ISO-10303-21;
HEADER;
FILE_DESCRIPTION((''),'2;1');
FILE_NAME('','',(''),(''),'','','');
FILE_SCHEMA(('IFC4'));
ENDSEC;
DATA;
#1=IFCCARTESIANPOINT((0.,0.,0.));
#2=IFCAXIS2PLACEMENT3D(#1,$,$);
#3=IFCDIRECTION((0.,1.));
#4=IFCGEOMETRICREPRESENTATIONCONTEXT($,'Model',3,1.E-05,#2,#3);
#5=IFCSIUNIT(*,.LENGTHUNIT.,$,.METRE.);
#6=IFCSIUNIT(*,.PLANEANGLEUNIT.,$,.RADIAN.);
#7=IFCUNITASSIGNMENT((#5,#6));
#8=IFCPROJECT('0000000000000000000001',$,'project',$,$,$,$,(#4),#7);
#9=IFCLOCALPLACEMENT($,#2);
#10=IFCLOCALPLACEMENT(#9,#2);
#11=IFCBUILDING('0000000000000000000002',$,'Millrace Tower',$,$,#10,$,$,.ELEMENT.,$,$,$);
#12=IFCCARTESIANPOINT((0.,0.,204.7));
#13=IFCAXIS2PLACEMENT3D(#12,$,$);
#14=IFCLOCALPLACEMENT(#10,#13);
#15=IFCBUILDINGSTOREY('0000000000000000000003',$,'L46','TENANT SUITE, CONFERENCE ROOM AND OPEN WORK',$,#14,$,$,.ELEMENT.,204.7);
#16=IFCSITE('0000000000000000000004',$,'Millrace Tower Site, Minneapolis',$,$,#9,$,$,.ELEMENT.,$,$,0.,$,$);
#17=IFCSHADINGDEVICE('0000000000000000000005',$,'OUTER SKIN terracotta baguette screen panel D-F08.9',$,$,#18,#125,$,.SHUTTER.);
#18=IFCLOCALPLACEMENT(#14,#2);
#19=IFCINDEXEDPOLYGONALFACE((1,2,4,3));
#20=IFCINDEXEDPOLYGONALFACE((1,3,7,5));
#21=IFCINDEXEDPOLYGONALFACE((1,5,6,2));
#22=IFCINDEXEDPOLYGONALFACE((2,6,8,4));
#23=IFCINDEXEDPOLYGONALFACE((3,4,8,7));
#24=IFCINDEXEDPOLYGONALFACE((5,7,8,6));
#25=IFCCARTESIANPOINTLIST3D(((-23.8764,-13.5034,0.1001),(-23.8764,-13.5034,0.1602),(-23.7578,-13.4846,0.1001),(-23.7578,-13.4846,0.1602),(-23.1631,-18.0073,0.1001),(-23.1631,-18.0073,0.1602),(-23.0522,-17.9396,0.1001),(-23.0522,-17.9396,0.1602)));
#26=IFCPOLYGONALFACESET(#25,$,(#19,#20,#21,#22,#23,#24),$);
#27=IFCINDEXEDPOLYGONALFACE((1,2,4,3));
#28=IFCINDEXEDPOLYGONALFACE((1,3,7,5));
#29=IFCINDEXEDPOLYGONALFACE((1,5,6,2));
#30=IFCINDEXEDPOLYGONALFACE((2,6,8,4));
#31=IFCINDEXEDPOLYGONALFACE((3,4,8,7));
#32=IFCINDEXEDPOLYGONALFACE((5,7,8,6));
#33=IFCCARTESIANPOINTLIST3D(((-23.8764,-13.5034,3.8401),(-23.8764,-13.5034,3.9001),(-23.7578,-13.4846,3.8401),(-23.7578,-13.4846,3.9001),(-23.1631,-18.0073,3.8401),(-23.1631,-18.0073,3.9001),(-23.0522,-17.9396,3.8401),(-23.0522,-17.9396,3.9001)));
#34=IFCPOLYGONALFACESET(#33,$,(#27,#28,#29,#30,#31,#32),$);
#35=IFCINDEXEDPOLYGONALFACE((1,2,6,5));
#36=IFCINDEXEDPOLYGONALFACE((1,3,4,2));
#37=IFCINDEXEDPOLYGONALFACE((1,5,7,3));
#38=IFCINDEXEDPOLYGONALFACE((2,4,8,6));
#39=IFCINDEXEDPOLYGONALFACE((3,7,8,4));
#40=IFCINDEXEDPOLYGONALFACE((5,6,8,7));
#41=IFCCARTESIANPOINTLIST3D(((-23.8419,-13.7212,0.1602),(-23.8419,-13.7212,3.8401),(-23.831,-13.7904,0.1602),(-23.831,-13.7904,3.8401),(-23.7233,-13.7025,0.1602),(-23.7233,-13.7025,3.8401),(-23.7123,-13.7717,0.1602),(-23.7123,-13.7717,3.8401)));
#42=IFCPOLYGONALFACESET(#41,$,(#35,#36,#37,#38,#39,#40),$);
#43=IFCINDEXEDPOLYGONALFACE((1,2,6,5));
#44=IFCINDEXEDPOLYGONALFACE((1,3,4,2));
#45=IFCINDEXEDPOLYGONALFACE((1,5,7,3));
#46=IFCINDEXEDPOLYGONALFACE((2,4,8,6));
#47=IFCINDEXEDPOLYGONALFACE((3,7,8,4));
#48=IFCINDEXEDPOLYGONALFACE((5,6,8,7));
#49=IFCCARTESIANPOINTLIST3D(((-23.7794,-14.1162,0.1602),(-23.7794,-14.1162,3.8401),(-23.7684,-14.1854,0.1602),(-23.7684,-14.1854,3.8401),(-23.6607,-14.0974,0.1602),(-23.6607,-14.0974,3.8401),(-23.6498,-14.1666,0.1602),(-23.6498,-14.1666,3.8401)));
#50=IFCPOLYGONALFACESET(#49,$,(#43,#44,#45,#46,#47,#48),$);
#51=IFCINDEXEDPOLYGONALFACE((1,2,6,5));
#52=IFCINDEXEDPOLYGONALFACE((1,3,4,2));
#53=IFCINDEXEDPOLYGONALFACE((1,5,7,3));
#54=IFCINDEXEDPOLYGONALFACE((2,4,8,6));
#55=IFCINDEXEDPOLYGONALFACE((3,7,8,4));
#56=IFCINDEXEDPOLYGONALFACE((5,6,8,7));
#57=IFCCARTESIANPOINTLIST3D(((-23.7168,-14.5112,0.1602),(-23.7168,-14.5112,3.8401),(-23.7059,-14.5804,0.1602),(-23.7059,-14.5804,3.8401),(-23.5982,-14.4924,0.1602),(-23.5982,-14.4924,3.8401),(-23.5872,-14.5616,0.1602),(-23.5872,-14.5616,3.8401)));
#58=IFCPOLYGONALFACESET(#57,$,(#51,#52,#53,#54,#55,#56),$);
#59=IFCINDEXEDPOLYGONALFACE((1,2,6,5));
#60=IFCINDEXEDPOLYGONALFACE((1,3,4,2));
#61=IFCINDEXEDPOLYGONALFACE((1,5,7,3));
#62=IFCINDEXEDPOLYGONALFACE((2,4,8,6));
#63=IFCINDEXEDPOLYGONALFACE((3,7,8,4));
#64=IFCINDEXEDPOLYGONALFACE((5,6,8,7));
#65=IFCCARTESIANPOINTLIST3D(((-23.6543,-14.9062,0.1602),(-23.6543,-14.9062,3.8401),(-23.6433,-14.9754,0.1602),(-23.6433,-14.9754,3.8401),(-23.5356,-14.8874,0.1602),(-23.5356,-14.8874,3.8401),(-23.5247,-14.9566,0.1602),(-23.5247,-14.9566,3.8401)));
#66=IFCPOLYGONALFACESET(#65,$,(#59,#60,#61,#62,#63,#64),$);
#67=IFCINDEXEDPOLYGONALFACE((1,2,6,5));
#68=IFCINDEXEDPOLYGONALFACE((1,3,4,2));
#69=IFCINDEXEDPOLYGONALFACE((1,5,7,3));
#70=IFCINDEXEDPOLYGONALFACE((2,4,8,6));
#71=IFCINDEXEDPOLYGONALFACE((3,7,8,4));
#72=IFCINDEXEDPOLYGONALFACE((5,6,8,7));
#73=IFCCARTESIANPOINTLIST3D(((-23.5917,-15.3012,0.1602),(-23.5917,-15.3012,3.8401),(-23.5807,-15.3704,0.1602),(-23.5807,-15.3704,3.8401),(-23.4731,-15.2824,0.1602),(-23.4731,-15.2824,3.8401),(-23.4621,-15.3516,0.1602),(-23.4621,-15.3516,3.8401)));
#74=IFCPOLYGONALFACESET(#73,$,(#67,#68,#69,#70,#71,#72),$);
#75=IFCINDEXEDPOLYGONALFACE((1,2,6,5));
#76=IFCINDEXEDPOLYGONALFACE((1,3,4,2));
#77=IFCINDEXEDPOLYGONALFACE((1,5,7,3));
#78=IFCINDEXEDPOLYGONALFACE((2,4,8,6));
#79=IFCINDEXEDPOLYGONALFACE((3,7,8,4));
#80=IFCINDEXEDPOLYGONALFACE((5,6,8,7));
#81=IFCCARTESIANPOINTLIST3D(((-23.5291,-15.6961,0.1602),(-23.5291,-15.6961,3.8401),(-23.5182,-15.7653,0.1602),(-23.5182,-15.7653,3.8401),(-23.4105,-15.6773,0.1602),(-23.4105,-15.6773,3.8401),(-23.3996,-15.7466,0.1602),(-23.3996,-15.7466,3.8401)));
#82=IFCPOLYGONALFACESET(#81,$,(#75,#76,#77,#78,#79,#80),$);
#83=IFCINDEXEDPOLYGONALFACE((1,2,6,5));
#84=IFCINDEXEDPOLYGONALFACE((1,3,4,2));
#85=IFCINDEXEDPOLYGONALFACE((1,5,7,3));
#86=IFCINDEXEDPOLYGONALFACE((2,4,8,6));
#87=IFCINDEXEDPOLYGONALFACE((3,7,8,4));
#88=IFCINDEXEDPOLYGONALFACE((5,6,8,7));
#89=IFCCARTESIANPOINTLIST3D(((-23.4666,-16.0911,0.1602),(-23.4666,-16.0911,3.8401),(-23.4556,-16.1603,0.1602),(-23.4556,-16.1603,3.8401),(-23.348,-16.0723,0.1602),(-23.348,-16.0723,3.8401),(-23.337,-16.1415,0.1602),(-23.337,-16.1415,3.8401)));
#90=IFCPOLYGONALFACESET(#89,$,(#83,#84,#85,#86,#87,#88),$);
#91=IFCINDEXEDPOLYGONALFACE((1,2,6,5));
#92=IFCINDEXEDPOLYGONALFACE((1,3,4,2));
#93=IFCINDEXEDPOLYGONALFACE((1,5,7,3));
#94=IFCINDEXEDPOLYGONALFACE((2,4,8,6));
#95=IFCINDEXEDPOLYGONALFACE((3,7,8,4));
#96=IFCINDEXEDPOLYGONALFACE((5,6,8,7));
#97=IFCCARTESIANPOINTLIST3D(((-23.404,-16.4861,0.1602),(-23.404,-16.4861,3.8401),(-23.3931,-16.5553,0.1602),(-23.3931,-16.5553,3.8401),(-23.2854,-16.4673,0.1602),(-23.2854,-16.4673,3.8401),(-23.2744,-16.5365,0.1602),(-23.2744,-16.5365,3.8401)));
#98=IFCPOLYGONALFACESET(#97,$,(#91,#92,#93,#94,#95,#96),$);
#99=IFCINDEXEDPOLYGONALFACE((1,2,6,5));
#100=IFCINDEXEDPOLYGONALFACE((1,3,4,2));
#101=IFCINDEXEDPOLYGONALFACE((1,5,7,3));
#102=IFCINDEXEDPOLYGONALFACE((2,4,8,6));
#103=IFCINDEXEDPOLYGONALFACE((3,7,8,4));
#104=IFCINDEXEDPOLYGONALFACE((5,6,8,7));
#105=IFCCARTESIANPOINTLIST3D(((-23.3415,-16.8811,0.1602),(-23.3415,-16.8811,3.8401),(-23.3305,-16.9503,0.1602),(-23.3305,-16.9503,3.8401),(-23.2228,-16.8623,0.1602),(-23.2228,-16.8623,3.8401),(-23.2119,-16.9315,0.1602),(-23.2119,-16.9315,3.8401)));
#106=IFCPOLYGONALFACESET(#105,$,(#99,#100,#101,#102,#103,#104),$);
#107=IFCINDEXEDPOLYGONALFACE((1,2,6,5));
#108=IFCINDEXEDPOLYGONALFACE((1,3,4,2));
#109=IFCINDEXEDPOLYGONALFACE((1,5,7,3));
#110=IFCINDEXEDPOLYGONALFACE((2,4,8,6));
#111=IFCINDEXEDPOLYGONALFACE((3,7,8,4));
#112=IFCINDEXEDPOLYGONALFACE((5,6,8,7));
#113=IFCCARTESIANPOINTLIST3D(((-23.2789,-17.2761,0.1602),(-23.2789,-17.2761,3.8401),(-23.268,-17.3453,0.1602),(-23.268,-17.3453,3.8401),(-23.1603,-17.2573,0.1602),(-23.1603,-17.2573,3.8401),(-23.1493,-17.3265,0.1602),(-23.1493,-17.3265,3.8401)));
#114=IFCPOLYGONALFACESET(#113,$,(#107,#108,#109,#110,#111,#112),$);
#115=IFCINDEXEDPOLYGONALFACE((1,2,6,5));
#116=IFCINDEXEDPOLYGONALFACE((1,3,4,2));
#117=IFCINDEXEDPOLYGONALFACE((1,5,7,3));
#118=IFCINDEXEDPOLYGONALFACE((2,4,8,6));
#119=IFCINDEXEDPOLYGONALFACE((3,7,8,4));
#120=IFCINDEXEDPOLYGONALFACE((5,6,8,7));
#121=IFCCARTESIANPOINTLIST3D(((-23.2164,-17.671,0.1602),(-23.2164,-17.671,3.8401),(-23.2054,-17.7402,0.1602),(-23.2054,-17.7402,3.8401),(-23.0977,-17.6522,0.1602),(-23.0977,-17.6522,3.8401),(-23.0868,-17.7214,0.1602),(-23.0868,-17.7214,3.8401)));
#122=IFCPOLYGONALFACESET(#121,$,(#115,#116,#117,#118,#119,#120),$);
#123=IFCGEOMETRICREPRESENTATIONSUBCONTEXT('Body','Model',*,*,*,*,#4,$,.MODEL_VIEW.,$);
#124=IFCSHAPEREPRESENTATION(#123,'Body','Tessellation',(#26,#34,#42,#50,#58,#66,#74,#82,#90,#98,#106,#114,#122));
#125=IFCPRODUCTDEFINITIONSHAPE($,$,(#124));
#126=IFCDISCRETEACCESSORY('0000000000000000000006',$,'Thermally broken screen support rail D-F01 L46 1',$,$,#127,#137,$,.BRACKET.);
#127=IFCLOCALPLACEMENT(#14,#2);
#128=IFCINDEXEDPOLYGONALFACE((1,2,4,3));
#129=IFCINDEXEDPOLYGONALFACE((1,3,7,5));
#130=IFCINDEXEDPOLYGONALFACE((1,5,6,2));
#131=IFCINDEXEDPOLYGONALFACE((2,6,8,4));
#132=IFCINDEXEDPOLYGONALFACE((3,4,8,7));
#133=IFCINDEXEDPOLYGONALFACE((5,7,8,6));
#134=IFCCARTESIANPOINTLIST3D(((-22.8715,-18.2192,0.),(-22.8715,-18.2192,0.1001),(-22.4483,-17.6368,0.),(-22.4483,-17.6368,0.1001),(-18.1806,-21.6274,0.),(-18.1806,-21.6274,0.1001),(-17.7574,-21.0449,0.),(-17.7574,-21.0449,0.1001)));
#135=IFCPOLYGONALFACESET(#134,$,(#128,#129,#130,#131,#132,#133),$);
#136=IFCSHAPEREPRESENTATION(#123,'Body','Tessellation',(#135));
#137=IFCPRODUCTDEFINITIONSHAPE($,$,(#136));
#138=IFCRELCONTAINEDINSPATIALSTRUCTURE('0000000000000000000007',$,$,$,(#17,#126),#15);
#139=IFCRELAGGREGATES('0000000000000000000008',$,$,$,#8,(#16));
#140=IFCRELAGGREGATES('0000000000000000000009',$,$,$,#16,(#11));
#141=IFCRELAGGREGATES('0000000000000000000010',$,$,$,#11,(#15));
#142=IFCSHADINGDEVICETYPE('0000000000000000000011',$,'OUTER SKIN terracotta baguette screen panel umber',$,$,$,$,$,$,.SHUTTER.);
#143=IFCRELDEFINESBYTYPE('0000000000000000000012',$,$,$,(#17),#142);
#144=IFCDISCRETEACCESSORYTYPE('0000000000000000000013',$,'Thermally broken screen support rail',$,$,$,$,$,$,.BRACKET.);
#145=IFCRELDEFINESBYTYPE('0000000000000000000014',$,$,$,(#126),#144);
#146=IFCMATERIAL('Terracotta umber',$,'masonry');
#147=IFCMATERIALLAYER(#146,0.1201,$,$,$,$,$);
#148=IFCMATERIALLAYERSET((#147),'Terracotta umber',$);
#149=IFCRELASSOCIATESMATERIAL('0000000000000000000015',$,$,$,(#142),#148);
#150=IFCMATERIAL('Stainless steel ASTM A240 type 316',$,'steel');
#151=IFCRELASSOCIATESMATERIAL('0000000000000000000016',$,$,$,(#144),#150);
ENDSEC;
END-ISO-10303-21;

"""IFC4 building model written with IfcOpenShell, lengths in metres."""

from ifc_helpers import new_model, entity, si_unit, direction, frame, frame_2d, origin, origin_2d, place, context, subcontext, project, spatial, rectangle, extrude, source, transform, mapped, material, layer, layer_set, type_object, element, save


model = new_model("IFC4")

# Units and contexts
model_context = context("Model", 3, precision=1e-05, world=origin(), true_north=direction((0.0, 1.0)))
body_context = subcontext(model_context, "Body", "Model", "MODEL_VIEW")
ifc_project = project(units=[si_unit("LENGTHUNIT", "METRE"), si_unit("PLANEANGLEUNIT", "RADIAN")], contexts=[model_context])

# Site, building, storey
site_placement = place(None, origin())
site = spatial("IfcSite", under=ifc_project, at=site_placement, Name="Millrace Tower Site, Minneapolis", CompositionType="ELEMENT", RefElevation=0.0)
building_placement = place(site_placement, origin())
building = spatial("IfcBuilding", under=site, at=building_placement, Name="Millrace Tower", CompositionType="ELEMENT")
storey_placement = place(building_placement, frame((0.0, 0.0, 204.7)))
storey = spatial("IfcBuildingStorey", under=building, at=storey_placement, Name="L46", Description="TENANT SUITE, CONFERENCE ROOM AND OPEN WORK", CompositionType="ELEMENT", Elevation=204.7)

# Shading device
ifc_material_1 = material(Name="Terracotta umber", Category="masonry")
ifc_layer_1 = layer(ifc_material_1, 0.1201)
ifc_layer_set_1 = layer_set([ifc_layer_1], Name="Terracotta umber")
shading_device_type = type_object("IfcShadingDeviceType", Name="OUTER SKIN terracotta baguette screen panel umber", PredefinedType="SHUTTER", material=ifc_layer_set_1)
cartesian_point_1 = entity("IfcCartesianPoint", [-2.2676, 0.0601])
shared_polyline_1 = entity("IfcPolyline", [cartesian_point_1, entity("IfcCartesianPoint", [2.2429, 0.0601]), entity("IfcCartesianPoint", [2.2925, -0.0601]), entity("IfcCartesianPoint", [-2.2676, -0.0601]), cartesian_point_1])
shared_shape_1 = source(origin(), body_context, "Body", "SweptSolid", [
    entity("IfcExtrudedAreaSolid", entity("IfcArbitraryClosedProfileDef", "AREA", None, shared_polyline_1), entity("IfcAxis2Placement3D", entity("IfcCartesianPoint", [0.0, 0.0, 0.0])), entity("IfcDirection", [0.0, 0.0, 1.0]), 0.0601),
    entity("IfcExtrudedAreaSolid", entity("IfcArbitraryClosedProfileDef", "AREA", None, shared_polyline_1), entity("IfcAxis2Placement3D", entity("IfcCartesianPoint", [0.0, 0.0, 3.74])), entity("IfcDirection", [0.0, 0.0, 1.0]), 0.0601),
    extrude(rectangle(XDim=0.0701, YDim=0.1201, at=frame_2d((-2.012, 0.0))), frame((0.0, 0.0, 0.0601)), (0.0, 0.0, 1.0), 3.6799),
    extrude(rectangle(XDim=0.0701, YDim=0.1201, at=frame_2d((-1.6121, 0.0))), frame((0.0, 0.0, 0.0601)), (0.0, 0.0, 1.0), 3.6799),
    extrude(rectangle(XDim=0.0701, YDim=0.1201, at=frame_2d((-1.2122, 0.0))), frame((0.0, 0.0, 0.0601)), (0.0, 0.0, 1.0), 3.6799),
    extrude(rectangle(XDim=0.0701, YDim=0.1201, at=frame_2d((-0.8123, 0.0))), frame((0.0, 0.0, 0.0601)), (0.0, 0.0, 1.0), 3.6799),
    extrude(rectangle(XDim=0.0701, YDim=0.1201, at=frame_2d((-0.4124, 0.0))), frame((0.0, 0.0, 0.0601)), (0.0, 0.0, 1.0), 3.6799),
    extrude(rectangle(XDim=0.0701, YDim=0.1201, at=frame_2d((-0.0125, 0.0))), frame((0.0, 0.0, 0.0601)), (0.0, 0.0, 1.0), 3.6799),
    extrude(rectangle(XDim=0.0701, YDim=0.1201, at=frame_2d((0.3875, 0.0))), frame((0.0, 0.0, 0.0601)), (0.0, 0.0, 1.0), 3.6799),
    extrude(rectangle(XDim=0.0701, YDim=0.1201, at=frame_2d((0.7874, 0.0))), frame((0.0, 0.0, 0.0601)), (0.0, 0.0, 1.0), 3.6799),
    extrude(rectangle(XDim=0.0701, YDim=0.1201, at=frame_2d((1.1873, 0.0))), frame((0.0, 0.0, 0.0601)), (0.0, 0.0, 1.0), 3.6799),
    extrude(rectangle(XDim=0.0701, YDim=0.1201, at=frame_2d((1.5872, 0.0))), frame((0.0, 0.0, 0.0601)), (0.0, 0.0, 1.0), 3.6799),
    extrude(rectangle(XDim=0.0701, YDim=0.1201, at=frame_2d((1.9871, 0.0))), frame((0.0, 0.0, 0.0601)), (0.0, 0.0, 1.0), 3.6799),
])
shading_device_1_placement = place(storey_placement, frame((-23.4624, -15.7336, 0.1001), z_axis=(0.0, 0.0, 1.0), x_axis=(0.156434, -0.987688, 0.0)))
element("IfcShadingDevice", 1, at=shading_device_1_placement, inside=storey, type_object=shading_device_type, Name="OUTER SKIN terracotta baguette screen panel D-F08.9", PredefinedType="SHUTTER", context=body_context, shape_type="MappedRepresentation", body=[
    mapped(shared_shape_1, transform((0.0, 0.0, 0.0), scale=1.0)),
])

# Discrete accessory
ifc_material_2 = material(Name="Stainless steel ASTM A240 type 316", Category="steel")
discrete_accessory_type = type_object("IfcDiscreteAccessoryType", Name="Thermally broken screen support rail", PredefinedType="BRACKET", material=ifc_material_2)
discrete_accessory_placement = place(storey_placement, frame((-20.3145, -19.6321, 0.0), z_axis=(0.0, 0.0, 1.0), x_axis=(0.809017, -0.587785, 0.0)))
element("IfcDiscreteAccessory", 2, at=discrete_accessory_placement, inside=storey, type_object=discrete_accessory_type, Name="Thermally broken screen support rail D-F01 L46 1", PredefinedType="BRACKET", context=body_context, shape_type="SweptSolid", body=[
    extrude(rectangle(XDim=5.7983, YDim=0.72, at=origin_2d()), origin(), (0.0, 0.0, 1.0), 0.1001),
])

save(model, "model.ifc")
